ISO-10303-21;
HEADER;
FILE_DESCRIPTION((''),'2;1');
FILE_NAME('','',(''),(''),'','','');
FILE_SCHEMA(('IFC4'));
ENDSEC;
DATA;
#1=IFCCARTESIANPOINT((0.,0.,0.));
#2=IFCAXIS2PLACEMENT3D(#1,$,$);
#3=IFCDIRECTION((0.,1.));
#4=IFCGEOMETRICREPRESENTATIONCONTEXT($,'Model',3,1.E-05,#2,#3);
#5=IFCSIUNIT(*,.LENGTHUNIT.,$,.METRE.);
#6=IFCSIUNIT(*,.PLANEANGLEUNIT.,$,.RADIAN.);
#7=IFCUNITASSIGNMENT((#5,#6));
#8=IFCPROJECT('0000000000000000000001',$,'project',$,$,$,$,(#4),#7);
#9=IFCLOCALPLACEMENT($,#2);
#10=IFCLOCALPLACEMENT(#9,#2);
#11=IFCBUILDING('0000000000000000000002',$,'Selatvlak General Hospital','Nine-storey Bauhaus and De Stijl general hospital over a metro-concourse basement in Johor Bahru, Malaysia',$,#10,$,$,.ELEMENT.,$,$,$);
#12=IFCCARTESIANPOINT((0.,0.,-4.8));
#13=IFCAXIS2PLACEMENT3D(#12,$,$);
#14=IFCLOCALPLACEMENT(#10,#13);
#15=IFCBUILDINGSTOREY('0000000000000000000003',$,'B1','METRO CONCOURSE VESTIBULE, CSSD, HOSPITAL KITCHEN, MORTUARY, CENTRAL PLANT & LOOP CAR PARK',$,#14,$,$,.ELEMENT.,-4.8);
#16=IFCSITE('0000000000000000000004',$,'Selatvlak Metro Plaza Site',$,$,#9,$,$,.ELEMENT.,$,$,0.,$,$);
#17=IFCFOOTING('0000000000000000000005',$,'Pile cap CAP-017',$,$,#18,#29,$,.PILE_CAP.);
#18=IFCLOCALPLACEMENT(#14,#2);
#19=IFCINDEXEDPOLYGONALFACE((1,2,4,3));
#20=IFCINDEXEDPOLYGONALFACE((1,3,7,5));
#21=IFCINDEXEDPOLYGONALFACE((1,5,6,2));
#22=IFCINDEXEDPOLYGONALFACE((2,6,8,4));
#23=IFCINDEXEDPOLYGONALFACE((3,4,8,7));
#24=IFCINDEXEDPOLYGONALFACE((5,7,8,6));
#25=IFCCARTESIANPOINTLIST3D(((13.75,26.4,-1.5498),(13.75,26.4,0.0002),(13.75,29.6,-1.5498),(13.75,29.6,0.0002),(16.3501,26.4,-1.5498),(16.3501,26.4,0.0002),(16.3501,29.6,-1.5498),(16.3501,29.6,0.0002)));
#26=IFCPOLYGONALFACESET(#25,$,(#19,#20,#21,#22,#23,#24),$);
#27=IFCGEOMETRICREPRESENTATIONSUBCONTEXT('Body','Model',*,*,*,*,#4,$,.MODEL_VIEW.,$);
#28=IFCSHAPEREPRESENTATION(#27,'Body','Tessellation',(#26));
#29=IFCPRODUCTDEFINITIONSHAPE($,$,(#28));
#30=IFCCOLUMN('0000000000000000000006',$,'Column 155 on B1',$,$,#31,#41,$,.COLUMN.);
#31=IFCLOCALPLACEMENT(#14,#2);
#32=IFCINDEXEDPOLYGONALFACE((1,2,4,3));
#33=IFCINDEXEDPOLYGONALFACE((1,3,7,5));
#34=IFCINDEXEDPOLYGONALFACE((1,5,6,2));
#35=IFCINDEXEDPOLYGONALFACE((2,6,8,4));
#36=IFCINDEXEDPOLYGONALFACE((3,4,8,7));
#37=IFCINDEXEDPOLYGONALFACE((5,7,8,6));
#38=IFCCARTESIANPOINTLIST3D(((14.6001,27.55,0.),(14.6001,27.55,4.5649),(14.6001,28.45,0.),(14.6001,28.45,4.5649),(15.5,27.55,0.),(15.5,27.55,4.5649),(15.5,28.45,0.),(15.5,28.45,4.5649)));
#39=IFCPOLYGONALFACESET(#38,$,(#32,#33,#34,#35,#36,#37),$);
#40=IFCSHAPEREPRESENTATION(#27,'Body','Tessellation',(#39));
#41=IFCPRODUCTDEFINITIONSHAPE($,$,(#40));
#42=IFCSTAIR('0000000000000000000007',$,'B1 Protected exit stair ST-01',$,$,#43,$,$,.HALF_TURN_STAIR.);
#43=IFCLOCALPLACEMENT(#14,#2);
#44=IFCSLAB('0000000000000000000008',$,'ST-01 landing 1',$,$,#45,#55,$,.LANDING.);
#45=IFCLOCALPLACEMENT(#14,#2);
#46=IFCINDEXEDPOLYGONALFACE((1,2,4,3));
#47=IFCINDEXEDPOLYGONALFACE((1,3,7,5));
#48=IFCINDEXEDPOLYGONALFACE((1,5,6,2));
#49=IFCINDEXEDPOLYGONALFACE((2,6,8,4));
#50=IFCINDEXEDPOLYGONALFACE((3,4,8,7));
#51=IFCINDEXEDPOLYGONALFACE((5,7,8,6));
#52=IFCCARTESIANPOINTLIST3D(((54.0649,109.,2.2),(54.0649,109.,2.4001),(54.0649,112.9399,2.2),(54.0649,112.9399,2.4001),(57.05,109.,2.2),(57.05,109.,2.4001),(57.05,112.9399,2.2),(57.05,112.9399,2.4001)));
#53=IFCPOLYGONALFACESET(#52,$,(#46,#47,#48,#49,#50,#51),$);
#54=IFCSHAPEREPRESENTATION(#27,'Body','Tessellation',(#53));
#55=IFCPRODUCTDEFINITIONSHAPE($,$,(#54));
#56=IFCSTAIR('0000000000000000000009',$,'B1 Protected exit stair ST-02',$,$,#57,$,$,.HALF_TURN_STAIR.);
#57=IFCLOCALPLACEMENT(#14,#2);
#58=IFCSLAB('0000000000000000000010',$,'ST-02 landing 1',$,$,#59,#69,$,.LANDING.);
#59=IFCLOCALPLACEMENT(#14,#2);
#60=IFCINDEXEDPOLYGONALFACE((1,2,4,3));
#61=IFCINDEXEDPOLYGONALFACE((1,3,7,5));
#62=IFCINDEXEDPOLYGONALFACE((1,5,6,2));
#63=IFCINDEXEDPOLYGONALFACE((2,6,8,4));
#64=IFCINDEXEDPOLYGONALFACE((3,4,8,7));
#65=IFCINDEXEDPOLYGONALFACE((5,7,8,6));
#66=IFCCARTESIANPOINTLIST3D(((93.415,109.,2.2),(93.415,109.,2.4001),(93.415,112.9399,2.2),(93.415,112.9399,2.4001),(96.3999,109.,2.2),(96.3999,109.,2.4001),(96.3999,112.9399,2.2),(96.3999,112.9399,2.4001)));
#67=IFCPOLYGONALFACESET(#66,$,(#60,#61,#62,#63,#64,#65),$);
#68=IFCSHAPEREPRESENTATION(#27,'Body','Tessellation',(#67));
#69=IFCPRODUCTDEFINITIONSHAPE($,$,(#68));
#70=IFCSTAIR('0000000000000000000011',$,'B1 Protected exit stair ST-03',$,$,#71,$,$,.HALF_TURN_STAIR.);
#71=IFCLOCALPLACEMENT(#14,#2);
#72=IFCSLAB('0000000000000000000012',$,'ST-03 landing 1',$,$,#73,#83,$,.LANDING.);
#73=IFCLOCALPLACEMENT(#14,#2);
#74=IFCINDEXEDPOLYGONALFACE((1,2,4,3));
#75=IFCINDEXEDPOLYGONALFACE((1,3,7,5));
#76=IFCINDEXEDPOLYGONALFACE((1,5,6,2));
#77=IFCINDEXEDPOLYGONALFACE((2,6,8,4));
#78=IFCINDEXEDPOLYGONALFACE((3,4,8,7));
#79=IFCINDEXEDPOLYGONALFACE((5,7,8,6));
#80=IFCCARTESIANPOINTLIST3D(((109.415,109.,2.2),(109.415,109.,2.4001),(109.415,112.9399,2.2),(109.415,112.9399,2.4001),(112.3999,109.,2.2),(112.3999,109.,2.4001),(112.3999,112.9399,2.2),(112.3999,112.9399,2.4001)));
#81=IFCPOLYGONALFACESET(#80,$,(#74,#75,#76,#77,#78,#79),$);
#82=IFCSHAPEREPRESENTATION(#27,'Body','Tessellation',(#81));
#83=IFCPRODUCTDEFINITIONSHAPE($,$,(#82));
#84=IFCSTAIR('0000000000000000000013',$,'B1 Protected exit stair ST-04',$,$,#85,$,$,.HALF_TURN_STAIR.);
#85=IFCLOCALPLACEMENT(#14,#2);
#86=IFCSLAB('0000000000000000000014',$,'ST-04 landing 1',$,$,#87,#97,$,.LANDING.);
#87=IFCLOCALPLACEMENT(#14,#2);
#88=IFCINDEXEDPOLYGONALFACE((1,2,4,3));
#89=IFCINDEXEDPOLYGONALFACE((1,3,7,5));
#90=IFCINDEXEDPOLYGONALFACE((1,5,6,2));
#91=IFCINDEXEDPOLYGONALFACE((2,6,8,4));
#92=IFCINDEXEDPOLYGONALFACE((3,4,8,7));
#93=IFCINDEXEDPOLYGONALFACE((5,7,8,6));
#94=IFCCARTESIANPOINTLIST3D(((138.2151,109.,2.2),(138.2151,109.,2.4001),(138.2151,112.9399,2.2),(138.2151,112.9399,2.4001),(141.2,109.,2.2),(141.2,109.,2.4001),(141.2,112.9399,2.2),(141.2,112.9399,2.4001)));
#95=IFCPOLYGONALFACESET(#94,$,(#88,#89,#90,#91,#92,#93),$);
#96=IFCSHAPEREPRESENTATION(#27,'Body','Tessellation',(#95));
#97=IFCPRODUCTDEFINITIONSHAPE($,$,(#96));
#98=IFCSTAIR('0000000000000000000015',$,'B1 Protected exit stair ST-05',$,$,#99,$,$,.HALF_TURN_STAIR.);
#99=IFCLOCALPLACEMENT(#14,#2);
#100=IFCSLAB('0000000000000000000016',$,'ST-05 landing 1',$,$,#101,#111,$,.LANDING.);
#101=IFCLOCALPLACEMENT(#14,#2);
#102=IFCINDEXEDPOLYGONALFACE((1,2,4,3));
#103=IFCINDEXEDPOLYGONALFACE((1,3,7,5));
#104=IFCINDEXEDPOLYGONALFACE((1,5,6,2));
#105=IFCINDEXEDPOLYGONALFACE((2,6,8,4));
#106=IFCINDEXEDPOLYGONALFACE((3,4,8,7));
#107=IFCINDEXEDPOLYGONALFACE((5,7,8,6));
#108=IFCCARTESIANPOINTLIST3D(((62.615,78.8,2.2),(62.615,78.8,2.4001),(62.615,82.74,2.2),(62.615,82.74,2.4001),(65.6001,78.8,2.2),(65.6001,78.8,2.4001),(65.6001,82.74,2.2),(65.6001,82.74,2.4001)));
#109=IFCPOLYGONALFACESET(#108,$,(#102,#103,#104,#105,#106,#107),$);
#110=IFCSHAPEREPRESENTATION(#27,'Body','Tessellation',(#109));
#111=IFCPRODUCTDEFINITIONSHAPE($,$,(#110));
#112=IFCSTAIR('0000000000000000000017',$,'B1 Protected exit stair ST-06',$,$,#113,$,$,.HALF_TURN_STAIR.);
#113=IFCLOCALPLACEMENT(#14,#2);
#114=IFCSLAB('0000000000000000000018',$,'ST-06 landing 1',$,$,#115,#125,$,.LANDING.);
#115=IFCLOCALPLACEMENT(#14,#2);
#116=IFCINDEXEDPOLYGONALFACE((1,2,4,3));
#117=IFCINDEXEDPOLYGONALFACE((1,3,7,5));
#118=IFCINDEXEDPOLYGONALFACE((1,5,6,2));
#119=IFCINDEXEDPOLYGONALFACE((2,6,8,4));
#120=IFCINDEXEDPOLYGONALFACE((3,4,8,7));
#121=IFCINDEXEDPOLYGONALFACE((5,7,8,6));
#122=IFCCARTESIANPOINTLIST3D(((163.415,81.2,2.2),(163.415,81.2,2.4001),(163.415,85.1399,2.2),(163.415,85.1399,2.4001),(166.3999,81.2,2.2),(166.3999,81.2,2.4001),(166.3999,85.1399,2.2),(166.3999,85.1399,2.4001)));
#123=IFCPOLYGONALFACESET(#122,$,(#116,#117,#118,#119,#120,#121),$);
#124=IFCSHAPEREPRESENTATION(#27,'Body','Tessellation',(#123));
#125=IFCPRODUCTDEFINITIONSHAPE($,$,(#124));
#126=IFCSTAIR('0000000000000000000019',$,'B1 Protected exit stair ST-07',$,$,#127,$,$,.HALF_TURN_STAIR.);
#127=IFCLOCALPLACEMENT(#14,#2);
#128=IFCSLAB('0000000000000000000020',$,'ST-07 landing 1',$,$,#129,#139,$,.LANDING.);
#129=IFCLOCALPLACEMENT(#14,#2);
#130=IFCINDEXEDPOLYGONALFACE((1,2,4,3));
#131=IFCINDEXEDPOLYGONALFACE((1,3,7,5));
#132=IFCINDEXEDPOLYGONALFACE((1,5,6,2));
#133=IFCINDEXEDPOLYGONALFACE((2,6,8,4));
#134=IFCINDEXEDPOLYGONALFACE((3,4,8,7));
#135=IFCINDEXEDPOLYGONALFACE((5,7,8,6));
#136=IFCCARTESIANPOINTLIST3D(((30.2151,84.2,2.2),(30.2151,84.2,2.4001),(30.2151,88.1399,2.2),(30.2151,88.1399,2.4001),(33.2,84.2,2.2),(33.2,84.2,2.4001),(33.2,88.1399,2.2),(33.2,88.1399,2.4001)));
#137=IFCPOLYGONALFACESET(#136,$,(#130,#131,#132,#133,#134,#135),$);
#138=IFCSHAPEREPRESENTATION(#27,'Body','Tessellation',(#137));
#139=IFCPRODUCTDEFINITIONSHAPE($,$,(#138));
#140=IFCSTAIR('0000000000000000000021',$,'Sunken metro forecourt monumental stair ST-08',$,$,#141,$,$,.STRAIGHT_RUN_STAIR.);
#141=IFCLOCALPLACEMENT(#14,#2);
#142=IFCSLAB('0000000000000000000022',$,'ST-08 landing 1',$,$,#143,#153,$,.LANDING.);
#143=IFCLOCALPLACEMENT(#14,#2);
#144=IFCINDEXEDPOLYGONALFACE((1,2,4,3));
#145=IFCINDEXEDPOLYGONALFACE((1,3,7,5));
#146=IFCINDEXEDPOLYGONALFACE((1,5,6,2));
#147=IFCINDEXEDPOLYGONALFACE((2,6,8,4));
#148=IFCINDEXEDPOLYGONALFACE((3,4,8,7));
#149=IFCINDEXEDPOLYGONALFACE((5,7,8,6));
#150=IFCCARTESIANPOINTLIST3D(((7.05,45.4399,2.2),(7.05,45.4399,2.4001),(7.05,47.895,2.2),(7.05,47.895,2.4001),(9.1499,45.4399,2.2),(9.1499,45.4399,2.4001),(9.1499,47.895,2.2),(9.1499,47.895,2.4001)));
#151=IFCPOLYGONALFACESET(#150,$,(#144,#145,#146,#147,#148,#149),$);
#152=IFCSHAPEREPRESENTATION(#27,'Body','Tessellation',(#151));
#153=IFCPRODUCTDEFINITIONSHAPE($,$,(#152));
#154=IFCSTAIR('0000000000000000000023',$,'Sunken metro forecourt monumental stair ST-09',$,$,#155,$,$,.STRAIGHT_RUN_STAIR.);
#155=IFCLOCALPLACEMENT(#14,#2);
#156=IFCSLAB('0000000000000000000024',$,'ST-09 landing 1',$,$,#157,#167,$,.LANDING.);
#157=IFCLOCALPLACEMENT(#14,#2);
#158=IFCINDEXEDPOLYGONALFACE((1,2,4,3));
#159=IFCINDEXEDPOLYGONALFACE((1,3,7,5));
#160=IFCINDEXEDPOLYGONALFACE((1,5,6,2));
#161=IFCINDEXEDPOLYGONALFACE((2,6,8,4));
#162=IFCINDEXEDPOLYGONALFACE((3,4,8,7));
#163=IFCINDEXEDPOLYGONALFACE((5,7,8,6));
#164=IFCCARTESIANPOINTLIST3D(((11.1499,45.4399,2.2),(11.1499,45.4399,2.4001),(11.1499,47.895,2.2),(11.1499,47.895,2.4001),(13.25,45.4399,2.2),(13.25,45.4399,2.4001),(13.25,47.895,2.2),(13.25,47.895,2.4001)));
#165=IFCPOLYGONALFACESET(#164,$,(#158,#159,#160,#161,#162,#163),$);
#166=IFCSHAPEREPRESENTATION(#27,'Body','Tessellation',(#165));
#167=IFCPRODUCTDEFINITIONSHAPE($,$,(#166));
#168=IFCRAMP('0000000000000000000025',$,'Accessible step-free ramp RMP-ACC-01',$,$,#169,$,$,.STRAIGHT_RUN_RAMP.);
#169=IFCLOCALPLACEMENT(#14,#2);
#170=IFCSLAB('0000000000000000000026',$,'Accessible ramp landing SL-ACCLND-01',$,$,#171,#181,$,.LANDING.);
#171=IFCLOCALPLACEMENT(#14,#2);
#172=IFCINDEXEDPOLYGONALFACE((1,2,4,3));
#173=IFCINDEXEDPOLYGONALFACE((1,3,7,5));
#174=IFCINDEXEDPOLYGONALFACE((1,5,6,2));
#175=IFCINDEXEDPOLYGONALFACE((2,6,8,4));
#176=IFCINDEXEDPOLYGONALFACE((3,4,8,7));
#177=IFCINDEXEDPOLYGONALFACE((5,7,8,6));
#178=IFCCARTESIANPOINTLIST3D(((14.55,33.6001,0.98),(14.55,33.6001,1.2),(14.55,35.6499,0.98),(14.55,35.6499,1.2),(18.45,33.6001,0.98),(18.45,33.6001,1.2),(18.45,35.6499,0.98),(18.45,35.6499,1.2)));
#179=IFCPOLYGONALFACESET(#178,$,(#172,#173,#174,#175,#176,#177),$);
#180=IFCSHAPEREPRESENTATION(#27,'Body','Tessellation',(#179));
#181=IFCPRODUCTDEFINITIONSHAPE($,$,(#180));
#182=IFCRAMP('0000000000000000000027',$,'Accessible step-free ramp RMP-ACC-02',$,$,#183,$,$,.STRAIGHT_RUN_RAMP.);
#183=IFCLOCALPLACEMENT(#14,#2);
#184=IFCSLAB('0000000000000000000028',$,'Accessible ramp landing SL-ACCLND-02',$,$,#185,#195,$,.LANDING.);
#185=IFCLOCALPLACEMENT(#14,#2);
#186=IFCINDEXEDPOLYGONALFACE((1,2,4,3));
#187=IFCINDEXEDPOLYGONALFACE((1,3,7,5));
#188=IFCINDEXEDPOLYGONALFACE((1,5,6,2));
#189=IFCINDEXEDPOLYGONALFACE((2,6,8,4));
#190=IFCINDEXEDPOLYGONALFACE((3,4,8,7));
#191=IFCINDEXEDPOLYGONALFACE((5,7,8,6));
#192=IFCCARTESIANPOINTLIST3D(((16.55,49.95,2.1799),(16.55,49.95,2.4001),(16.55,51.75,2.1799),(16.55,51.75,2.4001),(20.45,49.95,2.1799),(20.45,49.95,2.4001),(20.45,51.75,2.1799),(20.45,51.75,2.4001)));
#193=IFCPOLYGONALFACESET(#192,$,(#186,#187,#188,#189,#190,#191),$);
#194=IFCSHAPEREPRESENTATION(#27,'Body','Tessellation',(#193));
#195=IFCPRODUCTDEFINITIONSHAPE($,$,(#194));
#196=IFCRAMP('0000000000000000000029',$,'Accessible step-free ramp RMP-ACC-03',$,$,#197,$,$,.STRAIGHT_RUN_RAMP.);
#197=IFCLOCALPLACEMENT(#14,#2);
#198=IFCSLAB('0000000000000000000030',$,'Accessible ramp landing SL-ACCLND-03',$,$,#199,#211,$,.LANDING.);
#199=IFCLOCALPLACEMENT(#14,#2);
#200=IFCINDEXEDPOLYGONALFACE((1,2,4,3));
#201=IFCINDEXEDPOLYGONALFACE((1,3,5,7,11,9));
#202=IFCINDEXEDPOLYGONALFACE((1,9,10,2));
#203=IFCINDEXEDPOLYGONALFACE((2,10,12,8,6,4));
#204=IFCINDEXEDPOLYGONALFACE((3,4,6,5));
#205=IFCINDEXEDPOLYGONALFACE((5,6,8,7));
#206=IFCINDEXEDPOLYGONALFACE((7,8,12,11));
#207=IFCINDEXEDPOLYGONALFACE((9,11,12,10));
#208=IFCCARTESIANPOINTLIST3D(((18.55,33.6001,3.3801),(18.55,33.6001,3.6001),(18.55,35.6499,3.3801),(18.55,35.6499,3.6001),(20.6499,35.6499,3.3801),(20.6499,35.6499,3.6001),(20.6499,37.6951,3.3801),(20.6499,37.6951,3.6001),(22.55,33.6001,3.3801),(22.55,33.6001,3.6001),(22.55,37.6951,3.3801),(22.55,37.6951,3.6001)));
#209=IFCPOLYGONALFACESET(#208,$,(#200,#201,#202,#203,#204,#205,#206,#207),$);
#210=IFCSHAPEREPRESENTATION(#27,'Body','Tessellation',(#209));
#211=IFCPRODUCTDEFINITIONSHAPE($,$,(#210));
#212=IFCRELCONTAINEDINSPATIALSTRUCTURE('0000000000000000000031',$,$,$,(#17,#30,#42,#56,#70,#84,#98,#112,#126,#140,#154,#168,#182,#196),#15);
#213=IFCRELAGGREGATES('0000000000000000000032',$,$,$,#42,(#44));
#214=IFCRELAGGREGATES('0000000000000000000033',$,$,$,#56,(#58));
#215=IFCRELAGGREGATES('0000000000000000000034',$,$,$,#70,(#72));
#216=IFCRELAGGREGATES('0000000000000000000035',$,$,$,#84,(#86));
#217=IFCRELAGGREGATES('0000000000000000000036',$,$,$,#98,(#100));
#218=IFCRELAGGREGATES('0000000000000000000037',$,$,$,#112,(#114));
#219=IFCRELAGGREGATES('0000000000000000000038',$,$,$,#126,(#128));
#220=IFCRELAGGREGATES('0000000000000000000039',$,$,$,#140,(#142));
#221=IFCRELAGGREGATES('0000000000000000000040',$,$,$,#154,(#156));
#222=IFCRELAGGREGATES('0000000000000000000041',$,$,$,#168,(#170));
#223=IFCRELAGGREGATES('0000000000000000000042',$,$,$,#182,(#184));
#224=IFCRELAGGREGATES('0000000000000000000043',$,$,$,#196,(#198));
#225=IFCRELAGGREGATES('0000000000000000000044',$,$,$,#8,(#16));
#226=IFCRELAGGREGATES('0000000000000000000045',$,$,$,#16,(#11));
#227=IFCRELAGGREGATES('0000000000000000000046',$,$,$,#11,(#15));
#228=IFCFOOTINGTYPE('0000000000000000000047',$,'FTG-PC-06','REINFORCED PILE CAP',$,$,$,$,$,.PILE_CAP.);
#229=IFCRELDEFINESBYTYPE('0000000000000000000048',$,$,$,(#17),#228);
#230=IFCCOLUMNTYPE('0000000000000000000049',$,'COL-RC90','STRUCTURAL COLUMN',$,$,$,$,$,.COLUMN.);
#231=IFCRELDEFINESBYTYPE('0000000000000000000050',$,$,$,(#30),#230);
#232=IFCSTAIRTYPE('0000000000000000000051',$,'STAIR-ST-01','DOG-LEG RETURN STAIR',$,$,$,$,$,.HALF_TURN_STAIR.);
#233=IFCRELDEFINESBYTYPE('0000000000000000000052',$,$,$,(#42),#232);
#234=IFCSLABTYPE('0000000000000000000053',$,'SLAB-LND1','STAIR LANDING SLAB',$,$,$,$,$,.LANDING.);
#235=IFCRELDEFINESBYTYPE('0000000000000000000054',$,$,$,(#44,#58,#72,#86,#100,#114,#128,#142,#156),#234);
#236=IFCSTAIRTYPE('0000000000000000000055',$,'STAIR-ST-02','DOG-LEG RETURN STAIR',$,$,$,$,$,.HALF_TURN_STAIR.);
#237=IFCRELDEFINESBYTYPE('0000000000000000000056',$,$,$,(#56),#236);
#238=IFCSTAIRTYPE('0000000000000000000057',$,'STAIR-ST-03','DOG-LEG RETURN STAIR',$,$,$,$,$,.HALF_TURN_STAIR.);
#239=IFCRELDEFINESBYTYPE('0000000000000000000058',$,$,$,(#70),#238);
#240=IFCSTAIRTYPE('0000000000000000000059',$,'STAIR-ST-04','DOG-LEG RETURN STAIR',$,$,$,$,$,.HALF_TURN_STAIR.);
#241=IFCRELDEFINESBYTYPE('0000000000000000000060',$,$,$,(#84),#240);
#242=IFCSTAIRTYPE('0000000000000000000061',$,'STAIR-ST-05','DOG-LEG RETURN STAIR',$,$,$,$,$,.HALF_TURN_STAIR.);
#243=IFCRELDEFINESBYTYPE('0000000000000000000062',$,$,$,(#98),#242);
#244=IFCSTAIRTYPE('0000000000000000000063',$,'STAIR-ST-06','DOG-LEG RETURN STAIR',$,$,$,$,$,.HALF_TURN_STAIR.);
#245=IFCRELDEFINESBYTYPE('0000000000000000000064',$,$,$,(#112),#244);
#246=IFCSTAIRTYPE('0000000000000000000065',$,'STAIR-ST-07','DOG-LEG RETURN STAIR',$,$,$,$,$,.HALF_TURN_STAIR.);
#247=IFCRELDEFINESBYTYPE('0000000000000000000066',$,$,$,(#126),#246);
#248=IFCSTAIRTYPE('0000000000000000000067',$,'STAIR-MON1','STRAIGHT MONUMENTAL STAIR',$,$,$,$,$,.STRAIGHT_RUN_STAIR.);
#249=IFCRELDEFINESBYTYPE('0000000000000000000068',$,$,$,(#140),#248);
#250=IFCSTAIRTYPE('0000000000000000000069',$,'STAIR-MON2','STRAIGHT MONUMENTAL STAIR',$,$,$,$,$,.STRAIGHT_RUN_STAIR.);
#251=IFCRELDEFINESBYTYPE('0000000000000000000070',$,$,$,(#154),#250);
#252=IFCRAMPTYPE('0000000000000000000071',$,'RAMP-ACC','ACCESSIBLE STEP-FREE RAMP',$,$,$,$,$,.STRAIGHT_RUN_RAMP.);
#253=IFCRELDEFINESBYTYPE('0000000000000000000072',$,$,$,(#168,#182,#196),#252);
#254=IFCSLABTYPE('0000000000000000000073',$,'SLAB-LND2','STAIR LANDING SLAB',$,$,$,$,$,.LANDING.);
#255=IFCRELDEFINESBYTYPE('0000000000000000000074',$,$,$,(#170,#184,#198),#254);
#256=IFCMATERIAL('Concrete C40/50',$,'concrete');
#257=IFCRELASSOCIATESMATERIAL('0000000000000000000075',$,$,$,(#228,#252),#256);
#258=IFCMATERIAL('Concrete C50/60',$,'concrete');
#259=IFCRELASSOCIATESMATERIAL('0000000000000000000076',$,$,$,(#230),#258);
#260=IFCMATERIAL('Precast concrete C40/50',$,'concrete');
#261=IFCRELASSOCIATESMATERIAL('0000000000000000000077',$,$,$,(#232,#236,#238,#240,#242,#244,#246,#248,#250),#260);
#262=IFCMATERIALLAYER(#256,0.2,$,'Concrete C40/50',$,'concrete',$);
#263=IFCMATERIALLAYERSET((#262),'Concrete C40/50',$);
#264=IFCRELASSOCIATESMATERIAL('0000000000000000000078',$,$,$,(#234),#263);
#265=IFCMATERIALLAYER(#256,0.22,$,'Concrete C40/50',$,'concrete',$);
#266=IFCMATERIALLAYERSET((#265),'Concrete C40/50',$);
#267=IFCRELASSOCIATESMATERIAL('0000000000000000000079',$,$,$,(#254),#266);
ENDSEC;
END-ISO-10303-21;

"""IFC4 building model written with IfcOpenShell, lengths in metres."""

from ifc_helpers import new_model, si_unit, direction, frame, origin, origin_2d, place, context, subcontext, project, spatial, polyline, rectangle, outline, extrude, material, layer, layer_set, material_profile, profile_set, type_object, element, aggregate, save


model = new_model("IFC4")

# Units and contexts
model_context = context("Model", 3, precision=1e-05, world=origin(), true_north=direction((0.0, 1.0)))
body_context = subcontext(model_context, "Body", "Model", "MODEL_VIEW")
ifc_project = project(units=[si_unit("LENGTHUNIT", "METRE"), si_unit("PLANEANGLEUNIT", "RADIAN")], contexts=[model_context])

# Site, building, storey
site_placement = place(None, origin())
site = spatial("IfcSite", under=ifc_project, at=site_placement, Name="Selatvlak Metro Plaza Site", CompositionType="ELEMENT", RefElevation=0.0)
building_placement = place(site_placement, origin())
building = spatial("IfcBuilding", under=site, at=building_placement, Name="Selatvlak General Hospital", Description="Nine-storey Bauhaus and De Stijl general hospital over a metro-concourse basement in Johor Bahru, Malaysia", CompositionType="ELEMENT")
storey_placement = place(building_placement, frame((0.0, 0.0, -4.8)))
storey = spatial("IfcBuildingStorey", under=building, at=storey_placement, Name="B1", Description="METRO CONCOURSE VESTIBULE, CSSD, HOSPITAL KITCHEN, MORTUARY, CENTRAL PLANT & LOOP CAR PARK", CompositionType="ELEMENT", Elevation=-4.8)

# Footing
ifc_material_1 = material(Name="Concrete C40/50", Category="concrete")
footing_type = type_object("IfcFootingType", Name="FTG-PC-06", Description="REINFORCED PILE CAP", PredefinedType="PILE_CAP", material=ifc_material_1)
footing_placement = place(storey_placement, frame((15.05, 28.0, -1.5498), z_axis=(0.0, 0.0, 1.0), x_axis=(1.0, 0.0, 0.0)))
element("IfcFooting", 1, at=footing_placement, inside=storey, type_object=footing_type, Name="Pile cap CAP-017", PredefinedType="PILE_CAP", context=body_context, shape_type="SweptSolid", body=[
    extrude(rectangle(XDim=2.6001, YDim=3.2, at=origin_2d()), origin(), (0.0, 0.0, 1.0), 1.55),
])

# Column
ifc_material_2 = material(Name="Concrete C50/60", Category="concrete")
ifc_material_profile = material_profile(ifc_material_2, rectangle(XDim=0.8999, YDim=0.8999, at=origin_2d()), Name="RC-COL 900x900")
ifc_profile_set = profile_set([ifc_material_profile], Name="Concrete C50/60")
column_type = type_object("IfcColumnType", Name="COL-RC90", Description="STRUCTURAL COLUMN", PredefinedType="COLUMN", material=ifc_profile_set)
column_placement = place(storey_placement, frame((15.05, 28.0, 0.0), z_axis=(0.0, 0.0, 1.0), x_axis=(1.0, 0.0, 0.0)))
element("IfcColumn", 2, at=column_placement, inside=storey, type_object=column_type, Name="Column 155 on B1", PredefinedType="COLUMN", context=body_context, shape_type="SweptSolid", body=[
    extrude(rectangle(XDim=0.8999, YDim=0.8999, at=origin_2d()), origin(), (0.0, 0.0, 1.0), 4.5649),
])

# Stairs, slabs
ifc_material_3 = material(Name="Precast concrete C40/50", Category="concrete")
stair_type_1 = type_object("IfcStairType", Name="STAIR-ST-01", Description="DOG-LEG RETURN STAIR", PredefinedType="HALF_TURN_STAIR", material=ifc_material_3)
stair_1_placement = place(storey_placement, origin())
stair_1 = element("IfcStair", 3, at=stair_1_placement, inside=storey, type_object=stair_type_1, Name="B1 Protected exit stair ST-01", PredefinedType="HALF_TURN_STAIR")
ifc_layer_1 = layer(ifc_material_1, 0.2, Name="Concrete C40/50", Category="concrete")
ifc_layer_set_1 = layer_set([ifc_layer_1], Name="Concrete C40/50")
slab_type_1 = type_object("IfcSlabType", Name="SLAB-LND1", Description="STAIR LANDING SLAB", PredefinedType="LANDING", material=ifc_layer_set_1)
slab_1_placement = place(storey_placement, frame((0.0, 0.0, 2.2)))
slab_1 = element("IfcSlab", 4, at=slab_1_placement, type_object=slab_type_1, Name="ST-01 landing 1", PredefinedType="LANDING", context=body_context, shape_type="SweptSolid", body=[
    extrude(outline(polyline([(54.0649, 109.0), (57.05, 109.0), (57.05, 112.9399), (54.0649, 112.9399), (54.0649, 109.0)])), origin(), (0.0, 0.0, 1.0), 0.2002),
])
aggregate(stair_1, [slab_1])
stair_type_2 = type_object("IfcStairType", Name="STAIR-ST-02", Description="DOG-LEG RETURN STAIR", PredefinedType="HALF_TURN_STAIR", material=ifc_material_3)
stair_2_placement = place(storey_placement, origin())
stair_2 = element("IfcStair", 5, at=stair_2_placement, inside=storey, type_object=stair_type_2, Name="B1 Protected exit stair ST-02", PredefinedType="HALF_TURN_STAIR")
slab_2_placement = place(storey_placement, frame((0.0, 0.0, 2.2)))
slab_2 = element("IfcSlab", 6, at=slab_2_placement, type_object=slab_type_1, Name="ST-02 landing 1", PredefinedType="LANDING", context=body_context, shape_type="SweptSolid", body=[
    extrude(outline(polyline([(93.415, 109.0), (96.3999, 109.0), (96.3999, 112.9399), (93.415, 112.9399), (93.415, 109.0)])), origin(), (0.0, 0.0, 1.0), 0.2002),
])
aggregate(stair_2, [slab_2])
stair_type_3 = type_object("IfcStairType", Name="STAIR-ST-03", Description="DOG-LEG RETURN STAIR", PredefinedType="HALF_TURN_STAIR", material=ifc_material_3)
stair_3_placement = place(storey_placement, origin())
stair_3 = element("IfcStair", 7, at=stair_3_placement, inside=storey, type_object=stair_type_3, Name="B1 Protected exit stair ST-03", PredefinedType="HALF_TURN_STAIR")
slab_3_placement = place(storey_placement, frame((0.0, 0.0, 2.2)))
slab_3 = element("IfcSlab", 8, at=slab_3_placement, type_object=slab_type_1, Name="ST-03 landing 1", PredefinedType="LANDING", context=body_context, shape_type="SweptSolid", body=[
    extrude(outline(polyline([(109.415, 109.0), (112.3999, 109.0), (112.3999, 112.9399), (109.415, 112.9399), (109.415, 109.0)])), origin(), (0.0, 0.0, 1.0), 0.2002),
])
aggregate(stair_3, [slab_3])
stair_type_4 = type_object("IfcStairType", Name="STAIR-ST-04", Description="DOG-LEG RETURN STAIR", PredefinedType="HALF_TURN_STAIR", material=ifc_material_3)
stair_4_placement = place(storey_placement, origin())
stair_4 = element("IfcStair", 9, at=stair_4_placement, inside=storey, type_object=stair_type_4, Name="B1 Protected exit stair ST-04", PredefinedType="HALF_TURN_STAIR")
slab_4_placement = place(storey_placement, frame((0.0, 0.0, 2.2)))
slab_4 = element("IfcSlab", 10, at=slab_4_placement, type_object=slab_type_1, Name="ST-04 landing 1", PredefinedType="LANDING", context=body_context, shape_type="SweptSolid", body=[
    extrude(outline(polyline([(138.2151, 109.0), (141.2, 109.0), (141.2, 112.9399), (138.2151, 112.9399), (138.2151, 109.0)])), origin(), (0.0, 0.0, 1.0), 0.2002),
])
aggregate(stair_4, [slab_4])
stair_type_5 = type_object("IfcStairType", Name="STAIR-ST-05", Description="DOG-LEG RETURN STAIR", PredefinedType="HALF_TURN_STAIR", material=ifc_material_3)
stair_5_placement = place(storey_placement, origin())
stair_5 = element("IfcStair", 11, at=stair_5_placement, inside=storey, type_object=stair_type_5, Name="B1 Protected exit stair ST-05", PredefinedType="HALF_TURN_STAIR")
slab_5_placement = place(storey_placement, frame((0.0, 0.0, 2.2)))
slab_5 = element("IfcSlab", 12, at=slab_5_placement, type_object=slab_type_1, Name="ST-05 landing 1", PredefinedType="LANDING", context=body_context, shape_type="SweptSolid", body=[
    extrude(outline(polyline([(62.615, 78.8), (65.6001, 78.8), (65.6001, 82.74), (62.615, 82.74), (62.615, 78.8)])), origin(), (0.0, 0.0, 1.0), 0.2002),
])
aggregate(stair_5, [slab_5])
stair_type_6 = type_object("IfcStairType", Name="STAIR-ST-06", Description="DOG-LEG RETURN STAIR", PredefinedType="HALF_TURN_STAIR", material=ifc_material_3)
stair_6_placement = place(storey_placement, origin())
stair_6 = element("IfcStair", 13, at=stair_6_placement, inside=storey, type_object=stair_type_6, Name="B1 Protected exit stair ST-06", PredefinedType="HALF_TURN_STAIR")
slab_6_placement = place(storey_placement, frame((0.0, 0.0, 2.2)))
slab_6 = element("IfcSlab", 14, at=slab_6_placement, type_object=slab_type_1, Name="ST-06 landing 1", PredefinedType="LANDING", context=body_context, shape_type="SweptSolid", body=[
    extrude(outline(polyline([(163.415, 81.2), (166.3999, 81.2), (166.3999, 85.1399), (163.415, 85.1399), (163.415, 81.2)])), origin(), (0.0, 0.0, 1.0), 0.2002),
])
aggregate(stair_6, [slab_6])
stair_type_7 = type_object("IfcStairType", Name="STAIR-ST-07", Description="DOG-LEG RETURN STAIR", PredefinedType="HALF_TURN_STAIR", material=ifc_material_3)
stair_7_placement = place(storey_placement, origin())
stair_7 = element("IfcStair", 15, at=stair_7_placement, inside=storey, type_object=stair_type_7, Name="B1 Protected exit stair ST-07", PredefinedType="HALF_TURN_STAIR")
slab_7_placement = place(storey_placement, frame((0.0, 0.0, 2.2)))
slab_7 = element("IfcSlab", 16, at=slab_7_placement, type_object=slab_type_1, Name="ST-07 landing 1", PredefinedType="LANDING", context=body_context, shape_type="SweptSolid", body=[
    extrude(outline(polyline([(30.2151, 84.2), (33.2, 84.2), (33.2, 88.1399), (30.2151, 88.1399), (30.2151, 84.2)])), origin(), (0.0, 0.0, 1.0), 0.2002),
])
aggregate(stair_7, [slab_7])
stair_type_8 = type_object("IfcStairType", Name="STAIR-MON1", Description="STRAIGHT MONUMENTAL STAIR", PredefinedType="STRAIGHT_RUN_STAIR", material=ifc_material_3)
stair_8_placement = place(storey_placement, origin())
stair_8 = element("IfcStair", 17, at=stair_8_placement, inside=storey, type_object=stair_type_8, Name="Sunken metro forecourt monumental stair ST-08", PredefinedType="STRAIGHT_RUN_STAIR")
slab_8_placement = place(storey_placement, frame((0.0, 0.0, 2.2)))
slab_8 = element("IfcSlab", 18, at=slab_8_placement, type_object=slab_type_1, Name="ST-08 landing 1", PredefinedType="LANDING", context=body_context, shape_type="SweptSolid", body=[
    extrude(outline(polyline([(7.05, 45.4399), (9.1499, 45.4399), (9.1499, 47.895), (7.05, 47.895), (7.05, 45.4399)])), origin(), (0.0, 0.0, 1.0), 0.2002),
])
aggregate(stair_8, [slab_8])
stair_type_9 = type_object("IfcStairType", Name="STAIR-MON2", Description="STRAIGHT MONUMENTAL STAIR", PredefinedType="STRAIGHT_RUN_STAIR", material=ifc_material_3)
stair_9_placement = place(storey_placement, origin())
stair_9 = element("IfcStair", 19, at=stair_9_placement, inside=storey, type_object=stair_type_9, Name="Sunken metro forecourt monumental stair ST-09", PredefinedType="STRAIGHT_RUN_STAIR")
slab_9_placement = place(storey_placement, frame((0.0, 0.0, 2.2)))
slab_9 = element("IfcSlab", 20, at=slab_9_placement, type_object=slab_type_1, Name="ST-09 landing 1", PredefinedType="LANDING", context=body_context, shape_type="SweptSolid", body=[
    extrude(outline(polyline([(11.1499, 45.4399), (13.25, 45.4399), (13.25, 47.895), (11.1499, 47.895), (11.1499, 45.4399)])), origin(), (0.0, 0.0, 1.0), 0.2002),
])
aggregate(stair_9, [slab_9])

# Ramps, slabs
ramp_type = type_object("IfcRampType", Name="RAMP-ACC", Description="ACCESSIBLE STEP-FREE RAMP", PredefinedType="STRAIGHT_RUN_RAMP", material=ifc_material_1)
ramp_1_placement = place(storey_placement, origin())
ramp_1 = element("IfcRamp", 21, at=ramp_1_placement, inside=storey, type_object=ramp_type, Name="Accessible step-free ramp RMP-ACC-01", PredefinedType="STRAIGHT_RUN_RAMP")
ifc_layer_2 = layer(ifc_material_1, 0.22, Name="Concrete C40/50", Category="concrete")
ifc_layer_set_2 = layer_set([ifc_layer_2], Name="Concrete C40/50")
slab_type_2 = type_object("IfcSlabType", Name="SLAB-LND2", Description="STAIR LANDING SLAB", PredefinedType="LANDING", material=ifc_layer_set_2)
slab_10_placement = place(storey_placement, frame((0.0, 0.0, 0.98)))
slab_10 = element("IfcSlab", 22, at=slab_10_placement, type_object=slab_type_2, Name="Accessible ramp landing SL-ACCLND-01", PredefinedType="LANDING", context=body_context, shape_type="SweptSolid", body=[
    extrude(outline(polyline([(14.55, 33.6001), (18.45, 33.6001), (18.45, 35.6499), (14.55, 35.6499), (14.55, 33.6001)])), origin(), (0.0, 0.0, 1.0), 0.22),
])
aggregate(ramp_1, [slab_10])
ramp_2_placement = place(storey_placement, origin())
ramp_2 = element("IfcRamp", 23, at=ramp_2_placement, inside=storey, type_object=ramp_type, Name="Accessible step-free ramp RMP-ACC-02", PredefinedType="STRAIGHT_RUN_RAMP")
slab_11_placement = place(storey_placement, frame((0.0, 0.0, 2.1799)))
slab_11 = element("IfcSlab", 24, at=slab_11_placement, type_object=slab_type_2, Name="Accessible ramp landing SL-ACCLND-02", PredefinedType="LANDING", context=body_context, shape_type="SweptSolid", body=[
    extrude(outline(polyline([(16.55, 49.95), (20.45, 49.95), (20.45, 51.75), (16.55, 51.75), (16.55, 49.95)])), origin(), (0.0, 0.0, 1.0), 0.2202),
])
aggregate(ramp_2, [slab_11])
ramp_3_placement = place(storey_placement, origin())
ramp_3 = element("IfcRamp", 25, at=ramp_3_placement, inside=storey, type_object=ramp_type, Name="Accessible step-free ramp RMP-ACC-03", PredefinedType="STRAIGHT_RUN_RAMP")
slab_12_placement = place(storey_placement, frame((0.0, 0.0, 3.3801)))
slab_12 = element("IfcSlab", 26, at=slab_12_placement, type_object=slab_type_2, Name="Accessible ramp landing SL-ACCLND-03", PredefinedType="LANDING", context=body_context, shape_type="SweptSolid", body=[
    extrude(outline(polyline([(18.55, 33.6001), (22.55, 33.6001), (22.55, 37.6951), (20.6499, 37.6951), (20.6499, 35.6499), (18.55, 35.6499), (18.55, 33.6001)])), origin(), (0.0, 0.0, 1.0), 0.22),
])
aggregate(ramp_3, [slab_12])

save(model, "model.ifc")
